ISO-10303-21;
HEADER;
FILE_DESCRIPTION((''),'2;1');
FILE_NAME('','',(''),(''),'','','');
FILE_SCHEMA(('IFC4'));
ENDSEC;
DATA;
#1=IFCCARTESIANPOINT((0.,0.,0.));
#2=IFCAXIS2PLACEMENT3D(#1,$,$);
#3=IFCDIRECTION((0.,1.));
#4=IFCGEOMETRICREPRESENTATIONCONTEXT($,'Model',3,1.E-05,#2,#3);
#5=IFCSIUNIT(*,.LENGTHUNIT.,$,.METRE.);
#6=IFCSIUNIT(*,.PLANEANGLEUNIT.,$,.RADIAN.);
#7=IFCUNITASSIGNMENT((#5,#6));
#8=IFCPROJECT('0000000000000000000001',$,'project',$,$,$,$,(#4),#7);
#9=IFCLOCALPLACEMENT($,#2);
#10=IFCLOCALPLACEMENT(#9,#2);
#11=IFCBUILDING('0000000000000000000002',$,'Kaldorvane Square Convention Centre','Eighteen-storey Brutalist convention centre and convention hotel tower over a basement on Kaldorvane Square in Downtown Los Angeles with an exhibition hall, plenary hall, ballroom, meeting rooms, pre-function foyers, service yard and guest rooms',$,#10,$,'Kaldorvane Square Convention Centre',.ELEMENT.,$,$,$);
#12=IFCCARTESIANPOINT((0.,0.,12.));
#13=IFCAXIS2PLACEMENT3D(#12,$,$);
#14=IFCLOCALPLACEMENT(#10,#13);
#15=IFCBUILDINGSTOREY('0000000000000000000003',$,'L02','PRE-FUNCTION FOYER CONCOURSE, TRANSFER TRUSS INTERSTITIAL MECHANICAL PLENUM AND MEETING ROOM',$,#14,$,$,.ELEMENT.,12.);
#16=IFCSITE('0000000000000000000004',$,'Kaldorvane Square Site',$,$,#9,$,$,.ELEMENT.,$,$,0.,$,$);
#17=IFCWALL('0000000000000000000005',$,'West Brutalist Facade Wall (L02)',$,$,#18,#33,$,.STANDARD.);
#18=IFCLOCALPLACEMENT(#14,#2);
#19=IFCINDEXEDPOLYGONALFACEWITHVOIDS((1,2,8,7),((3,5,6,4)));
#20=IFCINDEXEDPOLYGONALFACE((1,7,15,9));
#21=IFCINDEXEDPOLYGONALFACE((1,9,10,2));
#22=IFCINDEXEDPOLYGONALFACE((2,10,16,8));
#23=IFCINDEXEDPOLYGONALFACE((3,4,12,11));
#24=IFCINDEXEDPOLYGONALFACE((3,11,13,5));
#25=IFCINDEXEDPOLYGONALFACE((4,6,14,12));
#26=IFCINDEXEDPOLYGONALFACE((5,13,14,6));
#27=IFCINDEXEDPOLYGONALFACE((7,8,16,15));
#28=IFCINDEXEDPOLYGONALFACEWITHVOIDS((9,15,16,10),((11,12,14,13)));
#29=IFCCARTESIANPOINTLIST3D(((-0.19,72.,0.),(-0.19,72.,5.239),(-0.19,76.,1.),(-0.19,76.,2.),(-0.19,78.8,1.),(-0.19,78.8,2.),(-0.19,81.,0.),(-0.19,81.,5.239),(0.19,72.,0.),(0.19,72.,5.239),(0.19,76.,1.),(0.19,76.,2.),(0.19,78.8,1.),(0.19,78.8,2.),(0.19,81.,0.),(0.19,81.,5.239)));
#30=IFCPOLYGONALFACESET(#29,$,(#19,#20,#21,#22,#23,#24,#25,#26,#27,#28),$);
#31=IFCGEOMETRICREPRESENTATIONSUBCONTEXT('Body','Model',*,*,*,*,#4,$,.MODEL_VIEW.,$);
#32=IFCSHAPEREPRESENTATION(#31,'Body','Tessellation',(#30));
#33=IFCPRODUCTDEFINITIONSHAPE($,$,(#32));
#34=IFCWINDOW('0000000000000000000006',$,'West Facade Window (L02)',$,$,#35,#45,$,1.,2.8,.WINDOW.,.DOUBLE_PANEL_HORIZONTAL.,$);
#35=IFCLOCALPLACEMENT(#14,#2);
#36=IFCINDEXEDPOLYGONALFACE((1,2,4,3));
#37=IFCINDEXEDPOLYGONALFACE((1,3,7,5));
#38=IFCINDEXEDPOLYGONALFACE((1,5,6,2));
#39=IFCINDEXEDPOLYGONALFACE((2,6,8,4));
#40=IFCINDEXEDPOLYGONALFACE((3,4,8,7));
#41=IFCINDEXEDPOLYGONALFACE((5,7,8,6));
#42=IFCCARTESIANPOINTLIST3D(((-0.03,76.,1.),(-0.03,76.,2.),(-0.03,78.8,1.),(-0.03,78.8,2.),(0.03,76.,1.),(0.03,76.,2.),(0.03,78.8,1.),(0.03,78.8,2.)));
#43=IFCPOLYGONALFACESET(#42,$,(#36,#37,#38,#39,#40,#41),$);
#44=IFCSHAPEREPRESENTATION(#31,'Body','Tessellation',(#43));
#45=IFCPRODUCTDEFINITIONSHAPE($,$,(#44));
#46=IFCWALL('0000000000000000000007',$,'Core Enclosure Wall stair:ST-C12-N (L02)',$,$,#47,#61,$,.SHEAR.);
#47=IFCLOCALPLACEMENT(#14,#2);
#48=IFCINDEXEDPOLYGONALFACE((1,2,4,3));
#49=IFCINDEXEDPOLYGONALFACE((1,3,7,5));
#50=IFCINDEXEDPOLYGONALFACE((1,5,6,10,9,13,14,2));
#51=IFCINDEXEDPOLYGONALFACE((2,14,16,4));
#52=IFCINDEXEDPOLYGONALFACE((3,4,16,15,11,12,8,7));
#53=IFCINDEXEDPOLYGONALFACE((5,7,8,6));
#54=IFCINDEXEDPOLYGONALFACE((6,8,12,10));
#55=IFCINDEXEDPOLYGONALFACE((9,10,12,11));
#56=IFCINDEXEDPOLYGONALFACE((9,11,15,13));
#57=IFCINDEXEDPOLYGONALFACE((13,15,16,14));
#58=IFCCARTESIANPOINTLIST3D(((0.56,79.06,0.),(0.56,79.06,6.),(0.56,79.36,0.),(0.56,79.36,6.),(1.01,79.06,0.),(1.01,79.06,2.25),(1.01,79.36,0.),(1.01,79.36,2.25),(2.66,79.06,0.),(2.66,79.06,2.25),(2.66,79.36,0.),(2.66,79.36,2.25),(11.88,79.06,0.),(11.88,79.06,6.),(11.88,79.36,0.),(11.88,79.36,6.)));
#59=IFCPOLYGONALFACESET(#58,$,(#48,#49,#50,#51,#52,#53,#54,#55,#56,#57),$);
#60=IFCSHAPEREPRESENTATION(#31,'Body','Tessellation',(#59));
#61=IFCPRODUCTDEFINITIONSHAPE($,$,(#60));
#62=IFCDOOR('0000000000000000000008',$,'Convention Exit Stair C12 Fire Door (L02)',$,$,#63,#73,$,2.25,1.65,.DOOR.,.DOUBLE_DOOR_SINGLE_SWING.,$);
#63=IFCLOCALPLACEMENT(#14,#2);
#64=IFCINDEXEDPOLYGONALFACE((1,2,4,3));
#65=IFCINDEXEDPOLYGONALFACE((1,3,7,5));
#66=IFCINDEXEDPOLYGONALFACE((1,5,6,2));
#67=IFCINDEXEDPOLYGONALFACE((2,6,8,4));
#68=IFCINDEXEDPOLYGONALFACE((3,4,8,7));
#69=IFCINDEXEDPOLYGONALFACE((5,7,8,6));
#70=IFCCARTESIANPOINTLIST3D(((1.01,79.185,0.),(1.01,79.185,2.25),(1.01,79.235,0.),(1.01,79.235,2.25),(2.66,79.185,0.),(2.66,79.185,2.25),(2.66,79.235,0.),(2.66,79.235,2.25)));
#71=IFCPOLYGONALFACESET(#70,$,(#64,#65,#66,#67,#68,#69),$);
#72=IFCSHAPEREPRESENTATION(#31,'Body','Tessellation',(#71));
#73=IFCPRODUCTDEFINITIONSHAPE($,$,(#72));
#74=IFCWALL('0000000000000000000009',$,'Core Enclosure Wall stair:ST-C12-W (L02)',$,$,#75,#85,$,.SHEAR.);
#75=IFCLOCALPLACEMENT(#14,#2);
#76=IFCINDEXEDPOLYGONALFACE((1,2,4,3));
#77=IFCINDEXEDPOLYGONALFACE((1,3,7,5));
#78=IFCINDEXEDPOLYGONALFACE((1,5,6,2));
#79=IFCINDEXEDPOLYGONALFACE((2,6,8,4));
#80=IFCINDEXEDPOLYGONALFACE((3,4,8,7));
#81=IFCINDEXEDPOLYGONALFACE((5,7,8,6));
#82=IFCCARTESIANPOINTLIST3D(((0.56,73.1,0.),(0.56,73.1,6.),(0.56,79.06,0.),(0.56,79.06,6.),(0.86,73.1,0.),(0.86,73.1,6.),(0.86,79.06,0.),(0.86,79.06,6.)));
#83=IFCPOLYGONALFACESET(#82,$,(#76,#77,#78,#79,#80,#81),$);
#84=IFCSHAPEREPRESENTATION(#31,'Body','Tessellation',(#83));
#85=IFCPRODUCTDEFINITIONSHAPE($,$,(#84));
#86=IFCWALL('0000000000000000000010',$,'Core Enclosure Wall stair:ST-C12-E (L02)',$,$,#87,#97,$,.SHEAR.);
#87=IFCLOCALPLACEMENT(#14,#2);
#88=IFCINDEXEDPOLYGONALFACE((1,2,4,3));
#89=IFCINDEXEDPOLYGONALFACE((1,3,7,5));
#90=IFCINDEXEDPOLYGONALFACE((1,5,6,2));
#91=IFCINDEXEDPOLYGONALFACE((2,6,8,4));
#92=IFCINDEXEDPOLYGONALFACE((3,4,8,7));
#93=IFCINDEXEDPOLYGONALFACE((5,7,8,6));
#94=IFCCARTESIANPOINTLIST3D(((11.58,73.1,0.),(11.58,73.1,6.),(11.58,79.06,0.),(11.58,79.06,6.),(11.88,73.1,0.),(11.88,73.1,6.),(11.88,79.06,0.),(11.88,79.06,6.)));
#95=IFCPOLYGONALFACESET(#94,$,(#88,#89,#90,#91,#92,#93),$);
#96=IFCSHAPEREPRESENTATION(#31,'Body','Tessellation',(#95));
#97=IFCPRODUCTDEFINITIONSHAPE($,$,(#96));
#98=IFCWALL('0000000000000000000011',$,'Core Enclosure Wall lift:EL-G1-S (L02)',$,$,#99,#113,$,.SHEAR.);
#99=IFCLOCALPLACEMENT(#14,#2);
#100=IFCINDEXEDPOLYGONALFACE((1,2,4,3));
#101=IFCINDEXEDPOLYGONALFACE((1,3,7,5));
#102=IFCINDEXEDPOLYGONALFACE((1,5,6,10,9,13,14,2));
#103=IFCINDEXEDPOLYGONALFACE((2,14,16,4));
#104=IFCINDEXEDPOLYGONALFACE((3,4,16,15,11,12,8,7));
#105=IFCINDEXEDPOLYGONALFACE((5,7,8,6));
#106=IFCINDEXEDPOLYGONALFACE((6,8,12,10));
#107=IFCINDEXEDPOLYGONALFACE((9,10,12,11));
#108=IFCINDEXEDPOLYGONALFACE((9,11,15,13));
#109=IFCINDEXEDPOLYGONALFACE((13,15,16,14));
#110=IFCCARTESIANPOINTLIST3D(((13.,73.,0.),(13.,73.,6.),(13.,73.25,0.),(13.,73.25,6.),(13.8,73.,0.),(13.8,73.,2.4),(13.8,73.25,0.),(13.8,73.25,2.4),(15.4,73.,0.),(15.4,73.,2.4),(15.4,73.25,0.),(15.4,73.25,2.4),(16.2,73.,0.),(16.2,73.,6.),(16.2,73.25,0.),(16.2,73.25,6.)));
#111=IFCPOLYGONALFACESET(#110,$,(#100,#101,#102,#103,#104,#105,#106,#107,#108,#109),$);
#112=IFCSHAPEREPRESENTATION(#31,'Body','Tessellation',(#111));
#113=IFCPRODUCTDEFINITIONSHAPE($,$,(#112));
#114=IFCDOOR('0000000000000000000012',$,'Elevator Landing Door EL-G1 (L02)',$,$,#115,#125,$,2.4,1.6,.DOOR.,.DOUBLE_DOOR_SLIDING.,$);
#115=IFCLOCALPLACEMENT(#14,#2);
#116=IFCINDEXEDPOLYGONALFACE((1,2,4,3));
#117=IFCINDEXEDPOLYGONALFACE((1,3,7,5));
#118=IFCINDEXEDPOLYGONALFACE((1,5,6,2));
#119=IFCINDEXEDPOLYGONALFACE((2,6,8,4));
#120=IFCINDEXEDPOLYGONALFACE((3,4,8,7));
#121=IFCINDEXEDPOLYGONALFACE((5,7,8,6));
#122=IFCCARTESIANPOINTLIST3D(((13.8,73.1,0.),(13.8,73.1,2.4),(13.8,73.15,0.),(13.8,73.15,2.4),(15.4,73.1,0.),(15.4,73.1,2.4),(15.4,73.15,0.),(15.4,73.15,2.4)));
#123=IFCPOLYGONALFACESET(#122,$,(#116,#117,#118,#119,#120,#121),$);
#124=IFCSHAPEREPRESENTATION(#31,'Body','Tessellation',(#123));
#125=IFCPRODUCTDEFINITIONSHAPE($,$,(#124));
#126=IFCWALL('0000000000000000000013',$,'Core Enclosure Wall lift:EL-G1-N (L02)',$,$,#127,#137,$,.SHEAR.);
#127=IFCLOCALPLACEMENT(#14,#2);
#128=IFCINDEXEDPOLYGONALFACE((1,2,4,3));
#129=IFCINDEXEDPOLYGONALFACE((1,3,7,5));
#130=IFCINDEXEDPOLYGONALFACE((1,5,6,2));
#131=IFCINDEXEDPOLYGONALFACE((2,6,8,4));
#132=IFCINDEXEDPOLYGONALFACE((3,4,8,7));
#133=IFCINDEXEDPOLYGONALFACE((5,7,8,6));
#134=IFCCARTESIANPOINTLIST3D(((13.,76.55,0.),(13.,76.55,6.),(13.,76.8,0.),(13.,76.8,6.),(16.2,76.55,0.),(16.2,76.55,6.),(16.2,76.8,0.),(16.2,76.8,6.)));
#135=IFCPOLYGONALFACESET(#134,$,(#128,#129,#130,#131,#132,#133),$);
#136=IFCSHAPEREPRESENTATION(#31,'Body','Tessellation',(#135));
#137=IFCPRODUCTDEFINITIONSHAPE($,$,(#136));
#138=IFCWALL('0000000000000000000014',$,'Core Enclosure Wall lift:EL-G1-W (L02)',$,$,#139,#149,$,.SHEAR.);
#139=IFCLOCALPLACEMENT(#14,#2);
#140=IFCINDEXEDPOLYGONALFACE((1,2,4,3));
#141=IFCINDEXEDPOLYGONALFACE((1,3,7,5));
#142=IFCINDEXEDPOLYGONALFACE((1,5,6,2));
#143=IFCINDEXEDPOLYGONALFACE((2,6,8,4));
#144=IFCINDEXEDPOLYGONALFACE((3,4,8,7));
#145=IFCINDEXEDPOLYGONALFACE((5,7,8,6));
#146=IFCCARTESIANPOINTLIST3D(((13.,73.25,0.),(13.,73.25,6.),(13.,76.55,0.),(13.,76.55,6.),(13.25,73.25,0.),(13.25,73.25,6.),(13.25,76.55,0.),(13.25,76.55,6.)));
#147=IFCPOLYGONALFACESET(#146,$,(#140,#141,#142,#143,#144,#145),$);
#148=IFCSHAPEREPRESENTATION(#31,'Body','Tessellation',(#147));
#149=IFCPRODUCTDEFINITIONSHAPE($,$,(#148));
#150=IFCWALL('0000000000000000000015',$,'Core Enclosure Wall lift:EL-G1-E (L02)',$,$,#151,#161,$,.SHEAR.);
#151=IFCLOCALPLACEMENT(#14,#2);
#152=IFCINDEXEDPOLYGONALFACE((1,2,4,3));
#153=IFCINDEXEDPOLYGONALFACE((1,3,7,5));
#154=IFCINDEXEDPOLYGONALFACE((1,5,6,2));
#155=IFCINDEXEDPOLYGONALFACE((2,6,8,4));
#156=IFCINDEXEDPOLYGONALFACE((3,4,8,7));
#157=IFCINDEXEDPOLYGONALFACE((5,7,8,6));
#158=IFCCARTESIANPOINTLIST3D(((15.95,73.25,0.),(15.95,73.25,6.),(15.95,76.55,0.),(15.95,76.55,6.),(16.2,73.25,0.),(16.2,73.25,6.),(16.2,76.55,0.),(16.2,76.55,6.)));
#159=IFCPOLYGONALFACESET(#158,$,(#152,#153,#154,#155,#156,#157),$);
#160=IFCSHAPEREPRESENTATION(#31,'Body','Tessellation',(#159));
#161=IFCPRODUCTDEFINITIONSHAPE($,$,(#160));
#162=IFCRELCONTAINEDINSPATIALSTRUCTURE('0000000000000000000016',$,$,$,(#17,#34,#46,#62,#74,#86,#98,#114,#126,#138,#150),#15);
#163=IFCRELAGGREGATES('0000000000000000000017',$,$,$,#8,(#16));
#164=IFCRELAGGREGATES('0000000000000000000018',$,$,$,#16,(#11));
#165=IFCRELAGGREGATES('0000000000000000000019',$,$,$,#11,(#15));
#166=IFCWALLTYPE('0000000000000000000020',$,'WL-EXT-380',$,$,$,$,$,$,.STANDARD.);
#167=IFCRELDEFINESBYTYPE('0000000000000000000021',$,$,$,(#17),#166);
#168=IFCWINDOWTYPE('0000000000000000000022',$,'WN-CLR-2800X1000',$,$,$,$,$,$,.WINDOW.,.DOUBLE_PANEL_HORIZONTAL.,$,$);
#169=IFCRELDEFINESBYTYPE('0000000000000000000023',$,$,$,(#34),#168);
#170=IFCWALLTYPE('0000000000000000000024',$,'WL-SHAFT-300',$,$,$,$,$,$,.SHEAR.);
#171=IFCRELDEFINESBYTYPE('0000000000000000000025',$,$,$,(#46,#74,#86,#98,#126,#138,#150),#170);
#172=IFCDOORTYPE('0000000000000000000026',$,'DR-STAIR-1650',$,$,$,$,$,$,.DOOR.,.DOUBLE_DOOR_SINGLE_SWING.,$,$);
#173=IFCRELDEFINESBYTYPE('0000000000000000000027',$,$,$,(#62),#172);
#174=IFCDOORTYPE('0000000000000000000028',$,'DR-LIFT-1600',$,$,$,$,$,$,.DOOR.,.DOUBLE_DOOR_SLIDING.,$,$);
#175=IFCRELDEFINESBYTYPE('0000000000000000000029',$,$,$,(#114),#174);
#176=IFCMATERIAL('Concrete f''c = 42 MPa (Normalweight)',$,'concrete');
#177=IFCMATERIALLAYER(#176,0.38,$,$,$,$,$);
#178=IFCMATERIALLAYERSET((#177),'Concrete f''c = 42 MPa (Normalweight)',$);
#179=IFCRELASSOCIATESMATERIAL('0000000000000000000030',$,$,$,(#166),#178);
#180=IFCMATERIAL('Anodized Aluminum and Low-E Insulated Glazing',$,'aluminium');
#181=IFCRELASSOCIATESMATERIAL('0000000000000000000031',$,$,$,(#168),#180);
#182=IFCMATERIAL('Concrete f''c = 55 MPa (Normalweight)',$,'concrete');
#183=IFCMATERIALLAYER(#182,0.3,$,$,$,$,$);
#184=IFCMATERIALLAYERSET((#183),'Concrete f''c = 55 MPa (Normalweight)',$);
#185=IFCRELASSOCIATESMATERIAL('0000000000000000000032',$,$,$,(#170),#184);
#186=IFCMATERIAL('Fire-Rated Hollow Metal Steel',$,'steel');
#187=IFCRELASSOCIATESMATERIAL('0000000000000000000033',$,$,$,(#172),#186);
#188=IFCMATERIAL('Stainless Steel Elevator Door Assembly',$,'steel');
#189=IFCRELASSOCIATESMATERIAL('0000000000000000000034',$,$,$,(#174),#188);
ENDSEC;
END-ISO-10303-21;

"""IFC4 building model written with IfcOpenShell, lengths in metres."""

from ifc_helpers import new_model, si_unit, direction, frame, frame_2d, origin, place, context, subcontext, project, spatial, rectangle, extrude, material, layer, layer_set, type_object, element, fill, save


model = new_model("IFC4")

# Units and contexts
model_context = context("Model", 3, precision=1e-05, world=origin(), true_north=direction((0.0, 1.0)))
body_context = subcontext(model_context, "Body", "Model", "MODEL_VIEW")
ifc_project = project(units=[si_unit("LENGTHUNIT", "METRE"), si_unit("PLANEANGLEUNIT", "RADIAN")], contexts=[model_context])

# Site, building, storey
site_placement = place(None, origin())
site = spatial("IfcSite", under=ifc_project, at=site_placement, Name="Kaldorvane Square Site", CompositionType="ELEMENT", RefElevation=0.0)
building_placement = place(site_placement, origin())
building = spatial("IfcBuilding", under=site, at=building_placement, Name="Kaldorvane Square Convention Centre", Description="Eighteen-storey Brutalist convention centre and convention hotel tower over a basement on Kaldorvane Square in Downtown Los Angeles with an exhibition hall, plenary hall, ballroom, meeting rooms, pre-function foyers, service yard and guest rooms", LongName="Kaldorvane Square Convention Centre", CompositionType="ELEMENT")
storey_placement = place(building_placement, frame((0.0, 0.0, 12.0)))
storey = spatial("IfcBuildingStorey", under=building, at=storey_placement, Name="L02", Description="PRE-FUNCTION FOYER CONCOURSE, TRANSFER TRUSS INTERSTITIAL MECHANICAL PLENUM AND MEETING ROOM", CompositionType="ELEMENT", Elevation=12.0)

# Wall, opening, window
ifc_material_1 = material(Name="Concrete f'c = 42 MPa (Normalweight)", Category="concrete")
ifc_layer_1 = layer(ifc_material_1, 0.38)
ifc_layer_set_1 = layer_set([ifc_layer_1], Name="Concrete f'c = 42 MPa (Normalweight)")
wall_type_1 = type_object("IfcWallType", Name="WL-EXT-380", PredefinedType="STANDARD", material=ifc_layer_set_1)
wall_1_placement = place(storey_placement, frame((0.0, 81.0, 0.0), z_axis=(0.0, 0.0, 1.0), x_axis=(0.0, -1.0, 0.0)))
wall_1 = element("IfcWall", 1, at=wall_1_placement, inside=storey, type_object=wall_type_1, Name="West Brutalist Facade Wall (L02)", PredefinedType="STANDARD", context=body_context, shape_type="SweptSolid", body=[
    extrude(rectangle(XDim=9.0, YDim=0.38, at=frame_2d((4.5, 0.0))), origin(), (0.0, 0.0, 1.0), 5.239),
])
opening_1_placement = place(wall_1_placement, frame((2.2, 0.0, 1.0)))
opening_1 = element("IfcOpeningElement", 2, at=opening_1_placement, cuts=wall_1, PredefinedType="OPENING", context=body_context, shape_type="SweptSolid", body=[
    extrude(rectangle(XDim=2.8, YDim=1.0, at=frame_2d((1.4, 0.5))), frame((0.0, 0.205, 0.0), z_axis=(0.0, -1.0, 0.0), x_axis=(1.0, 0.0, 0.0)), (0.0, 0.0, 1.0), 0.41),
])
ifc_material_2 = material(Name="Anodized Aluminum and Low-E Insulated Glazing", Category="aluminium")
window_type = type_object("IfcWindowType", Name="WN-CLR-2800X1000", PartitioningType="DOUBLE_PANEL_HORIZONTAL", PredefinedType="WINDOW", material=ifc_material_2)
window_placement = place(opening_1_placement, origin())
window = element("IfcWindow", 3, at=window_placement, inside=storey, type_object=window_type, Name="West Facade Window (L02)", OverallHeight=1.0, OverallWidth=2.8, PartitioningType="DOUBLE_PANEL_HORIZONTAL", PredefinedType="WINDOW", context=body_context, shape_type="SweptSolid", body=[
    extrude(rectangle(XDim=2.8, YDim=1.0, at=frame_2d((1.4, 0.5))), frame((0.0, 0.03, 0.0), z_axis=(0.0, -1.0, 0.0), x_axis=(1.0, 0.0, 0.0)), (0.0, 0.0, 1.0), 0.06),
])
fill(opening_1, window)

# Wall, opening, door
ifc_material_3 = material(Name="Concrete f'c = 55 MPa (Normalweight)", Category="concrete")
ifc_layer_2 = layer(ifc_material_3, 0.3)
ifc_layer_set_2 = layer_set([ifc_layer_2], Name="Concrete f'c = 55 MPa (Normalweight)")
wall_type_2 = type_object("IfcWallType", Name="WL-SHAFT-300", PredefinedType="SHEAR", material=ifc_layer_set_2)
wall_2_placement = place(storey_placement, frame((11.88, 79.21, 0.0), z_axis=(0.0, 0.0, 1.0), x_axis=(-1.0, 0.0, 0.0)))
wall_2 = element("IfcWall", 4, at=wall_2_placement, inside=storey, type_object=wall_type_2, Name="Core Enclosure Wall stair:ST-C12-N (L02)", PredefinedType="SHEAR", context=body_context, shape_type="SweptSolid", body=[
    extrude(rectangle(XDim=11.32, YDim=0.3, at=frame_2d((5.66, 0.0))), origin(), (0.0, 0.0, 1.0), 6.0),
])
opening_2_placement = place(wall_2_placement, frame((9.22, 0.0, 0.0)))
opening_2 = element("IfcOpeningElement", 5, at=opening_2_placement, cuts=wall_2, PredefinedType="OPENING", context=body_context, shape_type="SweptSolid", body=[
    extrude(rectangle(XDim=1.65, YDim=2.25, at=frame_2d((0.825, 1.125))), frame((0.0, 0.165, 0.0), z_axis=(0.0, -1.0, 0.0), x_axis=(1.0, 0.0, 0.0)), (0.0, 0.0, 1.0), 0.33),
])
ifc_material_4 = material(Name="Fire-Rated Hollow Metal Steel", Category="steel")
door_type_1 = type_object("IfcDoorType", Name="DR-STAIR-1650", OperationType="DOUBLE_DOOR_SINGLE_SWING", PredefinedType="DOOR", material=ifc_material_4)
door_1_placement = place(opening_2_placement, origin())
door_1 = element("IfcDoor", 6, at=door_1_placement, inside=storey, type_object=door_type_1, Name="Convention Exit Stair C12 Fire Door (L02)", OperationType="DOUBLE_DOOR_SINGLE_SWING", OverallHeight=2.25, OverallWidth=1.65, PredefinedType="DOOR", context=body_context, shape_type="SweptSolid", body=[
    extrude(rectangle(XDim=1.65, YDim=2.25, at=frame_2d((0.825, 1.125))), frame((0.0, 0.025, 0.0), z_axis=(0.0, -1.0, 0.0), x_axis=(1.0, 0.0, 0.0)), (0.0, 0.0, 1.0), 0.05),
])
fill(opening_2, door_1)

# Walls
for number, where, z_axis, x_axis, name in (
    (7, (0.71, 79.06, 0.0), (0.0, 0.0, 1.0), (0.0, -1.0, 0.0), "Core Enclosure Wall stair:ST-C12-W (L02)"),
    (8, (11.73, 73.1, 0.0), (0.0, 0.0, 1.0), (0.0, 1.0, 0.0), "Core Enclosure Wall stair:ST-C12-E (L02)"),
):
    element("IfcWall", number, at=place(storey_placement, frame(where, z_axis=z_axis, x_axis=x_axis)), inside=storey, type_object=wall_type_2, Name=name, PredefinedType="SHEAR", context=body_context, shape_type="SweptSolid", body=[
        extrude(rectangle(XDim=5.96, YDim=0.3, at=frame_2d((2.98, 0.0))), origin(), (0.0, 0.0, 1.0), 6.0),
    ])

# Wall, opening, door
wall_3_placement = place(storey_placement, frame((13.0, 73.125, 0.0), z_axis=(0.0, 0.0, 1.0), x_axis=(1.0, 0.0, 0.0)))
wall_3 = element("IfcWall", 9, at=wall_3_placement, inside=storey, type_object=wall_type_2, Name="Core Enclosure Wall lift:EL-G1-S (L02)", PredefinedType="SHEAR", context=body_context, shape_type="SweptSolid", body=[
    extrude(rectangle(XDim=3.2, YDim=0.25, at=frame_2d((1.6, 0.0))), origin(), (0.0, 0.0, 1.0), 6.0),
])
opening_3_placement = place(wall_3_placement, frame((0.8, 0.0, 0.0)))
opening_3 = element("IfcOpeningElement", 10, at=opening_3_placement, cuts=wall_3, PredefinedType="OPENING", context=body_context, shape_type="SweptSolid", body=[
    extrude(rectangle(XDim=1.6, YDim=2.4, at=frame_2d((0.8, 1.2))), frame((0.0, 0.14, 0.0), z_axis=(0.0, -1.0, 0.0), x_axis=(1.0, 0.0, 0.0)), (0.0, 0.0, 1.0), 0.28),
])
ifc_material_5 = material(Name="Stainless Steel Elevator Door Assembly", Category="steel")
door_type_2 = type_object("IfcDoorType", Name="DR-LIFT-1600", OperationType="DOUBLE_DOOR_SLIDING", PredefinedType="DOOR", material=ifc_material_5)
door_2_placement = place(opening_3_placement, origin())
door_2 = element("IfcDoor", 11, at=door_2_placement, inside=storey, type_object=door_type_2, Name="Elevator Landing Door EL-G1 (L02)", OperationType="DOUBLE_DOOR_SLIDING", OverallHeight=2.4, OverallWidth=1.6, PredefinedType="DOOR", context=body_context, shape_type="SweptSolid", body=[
    extrude(rectangle(XDim=1.6, YDim=2.4, at=frame_2d((0.8, 1.2))), frame((0.0, 0.025, 0.0), z_axis=(0.0, -1.0, 0.0), x_axis=(1.0, 0.0, 0.0)), (0.0, 0.0, 1.0), 0.05),
])
fill(opening_3, door_2)

# Walls
wall_4_placement = place(storey_placement, frame((16.2, 76.675, 0.0), z_axis=(0.0, 0.0, 1.0), x_axis=(-1.0, 0.0, 0.0)))
element("IfcWall", 12, at=wall_4_placement, inside=storey, type_object=wall_type_2, Name="Core Enclosure Wall lift:EL-G1-N (L02)", PredefinedType="SHEAR", context=body_context, shape_type="SweptSolid", body=[
    extrude(rectangle(XDim=3.2, YDim=0.25, at=frame_2d((1.6, 0.0))), origin(), (0.0, 0.0, 1.0), 6.0),
])
for number, where, z_axis, x_axis, name in (
    (13, (13.125, 76.55, 0.0), (0.0, 0.0, 1.0), (0.0, -1.0, 0.0), "Core Enclosure Wall lift:EL-G1-W (L02)"),
    (14, (16.075, 73.25, 0.0), (0.0, 0.0, 1.0), (0.0, 1.0, 0.0), "Core Enclosure Wall lift:EL-G1-E (L02)"),
):
    element("IfcWall", number, at=place(storey_placement, frame(where, z_axis=z_axis, x_axis=x_axis)), inside=storey, type_object=wall_type_2, Name=name, PredefinedType="SHEAR", context=body_context, shape_type="SweptSolid", body=[
        extrude(rectangle(XDim=3.3, YDim=0.25, at=frame_2d((1.65, 0.0))), origin(), (0.0, 0.0, 1.0), 6.0),
    ])

save(model, "model.ifc")
